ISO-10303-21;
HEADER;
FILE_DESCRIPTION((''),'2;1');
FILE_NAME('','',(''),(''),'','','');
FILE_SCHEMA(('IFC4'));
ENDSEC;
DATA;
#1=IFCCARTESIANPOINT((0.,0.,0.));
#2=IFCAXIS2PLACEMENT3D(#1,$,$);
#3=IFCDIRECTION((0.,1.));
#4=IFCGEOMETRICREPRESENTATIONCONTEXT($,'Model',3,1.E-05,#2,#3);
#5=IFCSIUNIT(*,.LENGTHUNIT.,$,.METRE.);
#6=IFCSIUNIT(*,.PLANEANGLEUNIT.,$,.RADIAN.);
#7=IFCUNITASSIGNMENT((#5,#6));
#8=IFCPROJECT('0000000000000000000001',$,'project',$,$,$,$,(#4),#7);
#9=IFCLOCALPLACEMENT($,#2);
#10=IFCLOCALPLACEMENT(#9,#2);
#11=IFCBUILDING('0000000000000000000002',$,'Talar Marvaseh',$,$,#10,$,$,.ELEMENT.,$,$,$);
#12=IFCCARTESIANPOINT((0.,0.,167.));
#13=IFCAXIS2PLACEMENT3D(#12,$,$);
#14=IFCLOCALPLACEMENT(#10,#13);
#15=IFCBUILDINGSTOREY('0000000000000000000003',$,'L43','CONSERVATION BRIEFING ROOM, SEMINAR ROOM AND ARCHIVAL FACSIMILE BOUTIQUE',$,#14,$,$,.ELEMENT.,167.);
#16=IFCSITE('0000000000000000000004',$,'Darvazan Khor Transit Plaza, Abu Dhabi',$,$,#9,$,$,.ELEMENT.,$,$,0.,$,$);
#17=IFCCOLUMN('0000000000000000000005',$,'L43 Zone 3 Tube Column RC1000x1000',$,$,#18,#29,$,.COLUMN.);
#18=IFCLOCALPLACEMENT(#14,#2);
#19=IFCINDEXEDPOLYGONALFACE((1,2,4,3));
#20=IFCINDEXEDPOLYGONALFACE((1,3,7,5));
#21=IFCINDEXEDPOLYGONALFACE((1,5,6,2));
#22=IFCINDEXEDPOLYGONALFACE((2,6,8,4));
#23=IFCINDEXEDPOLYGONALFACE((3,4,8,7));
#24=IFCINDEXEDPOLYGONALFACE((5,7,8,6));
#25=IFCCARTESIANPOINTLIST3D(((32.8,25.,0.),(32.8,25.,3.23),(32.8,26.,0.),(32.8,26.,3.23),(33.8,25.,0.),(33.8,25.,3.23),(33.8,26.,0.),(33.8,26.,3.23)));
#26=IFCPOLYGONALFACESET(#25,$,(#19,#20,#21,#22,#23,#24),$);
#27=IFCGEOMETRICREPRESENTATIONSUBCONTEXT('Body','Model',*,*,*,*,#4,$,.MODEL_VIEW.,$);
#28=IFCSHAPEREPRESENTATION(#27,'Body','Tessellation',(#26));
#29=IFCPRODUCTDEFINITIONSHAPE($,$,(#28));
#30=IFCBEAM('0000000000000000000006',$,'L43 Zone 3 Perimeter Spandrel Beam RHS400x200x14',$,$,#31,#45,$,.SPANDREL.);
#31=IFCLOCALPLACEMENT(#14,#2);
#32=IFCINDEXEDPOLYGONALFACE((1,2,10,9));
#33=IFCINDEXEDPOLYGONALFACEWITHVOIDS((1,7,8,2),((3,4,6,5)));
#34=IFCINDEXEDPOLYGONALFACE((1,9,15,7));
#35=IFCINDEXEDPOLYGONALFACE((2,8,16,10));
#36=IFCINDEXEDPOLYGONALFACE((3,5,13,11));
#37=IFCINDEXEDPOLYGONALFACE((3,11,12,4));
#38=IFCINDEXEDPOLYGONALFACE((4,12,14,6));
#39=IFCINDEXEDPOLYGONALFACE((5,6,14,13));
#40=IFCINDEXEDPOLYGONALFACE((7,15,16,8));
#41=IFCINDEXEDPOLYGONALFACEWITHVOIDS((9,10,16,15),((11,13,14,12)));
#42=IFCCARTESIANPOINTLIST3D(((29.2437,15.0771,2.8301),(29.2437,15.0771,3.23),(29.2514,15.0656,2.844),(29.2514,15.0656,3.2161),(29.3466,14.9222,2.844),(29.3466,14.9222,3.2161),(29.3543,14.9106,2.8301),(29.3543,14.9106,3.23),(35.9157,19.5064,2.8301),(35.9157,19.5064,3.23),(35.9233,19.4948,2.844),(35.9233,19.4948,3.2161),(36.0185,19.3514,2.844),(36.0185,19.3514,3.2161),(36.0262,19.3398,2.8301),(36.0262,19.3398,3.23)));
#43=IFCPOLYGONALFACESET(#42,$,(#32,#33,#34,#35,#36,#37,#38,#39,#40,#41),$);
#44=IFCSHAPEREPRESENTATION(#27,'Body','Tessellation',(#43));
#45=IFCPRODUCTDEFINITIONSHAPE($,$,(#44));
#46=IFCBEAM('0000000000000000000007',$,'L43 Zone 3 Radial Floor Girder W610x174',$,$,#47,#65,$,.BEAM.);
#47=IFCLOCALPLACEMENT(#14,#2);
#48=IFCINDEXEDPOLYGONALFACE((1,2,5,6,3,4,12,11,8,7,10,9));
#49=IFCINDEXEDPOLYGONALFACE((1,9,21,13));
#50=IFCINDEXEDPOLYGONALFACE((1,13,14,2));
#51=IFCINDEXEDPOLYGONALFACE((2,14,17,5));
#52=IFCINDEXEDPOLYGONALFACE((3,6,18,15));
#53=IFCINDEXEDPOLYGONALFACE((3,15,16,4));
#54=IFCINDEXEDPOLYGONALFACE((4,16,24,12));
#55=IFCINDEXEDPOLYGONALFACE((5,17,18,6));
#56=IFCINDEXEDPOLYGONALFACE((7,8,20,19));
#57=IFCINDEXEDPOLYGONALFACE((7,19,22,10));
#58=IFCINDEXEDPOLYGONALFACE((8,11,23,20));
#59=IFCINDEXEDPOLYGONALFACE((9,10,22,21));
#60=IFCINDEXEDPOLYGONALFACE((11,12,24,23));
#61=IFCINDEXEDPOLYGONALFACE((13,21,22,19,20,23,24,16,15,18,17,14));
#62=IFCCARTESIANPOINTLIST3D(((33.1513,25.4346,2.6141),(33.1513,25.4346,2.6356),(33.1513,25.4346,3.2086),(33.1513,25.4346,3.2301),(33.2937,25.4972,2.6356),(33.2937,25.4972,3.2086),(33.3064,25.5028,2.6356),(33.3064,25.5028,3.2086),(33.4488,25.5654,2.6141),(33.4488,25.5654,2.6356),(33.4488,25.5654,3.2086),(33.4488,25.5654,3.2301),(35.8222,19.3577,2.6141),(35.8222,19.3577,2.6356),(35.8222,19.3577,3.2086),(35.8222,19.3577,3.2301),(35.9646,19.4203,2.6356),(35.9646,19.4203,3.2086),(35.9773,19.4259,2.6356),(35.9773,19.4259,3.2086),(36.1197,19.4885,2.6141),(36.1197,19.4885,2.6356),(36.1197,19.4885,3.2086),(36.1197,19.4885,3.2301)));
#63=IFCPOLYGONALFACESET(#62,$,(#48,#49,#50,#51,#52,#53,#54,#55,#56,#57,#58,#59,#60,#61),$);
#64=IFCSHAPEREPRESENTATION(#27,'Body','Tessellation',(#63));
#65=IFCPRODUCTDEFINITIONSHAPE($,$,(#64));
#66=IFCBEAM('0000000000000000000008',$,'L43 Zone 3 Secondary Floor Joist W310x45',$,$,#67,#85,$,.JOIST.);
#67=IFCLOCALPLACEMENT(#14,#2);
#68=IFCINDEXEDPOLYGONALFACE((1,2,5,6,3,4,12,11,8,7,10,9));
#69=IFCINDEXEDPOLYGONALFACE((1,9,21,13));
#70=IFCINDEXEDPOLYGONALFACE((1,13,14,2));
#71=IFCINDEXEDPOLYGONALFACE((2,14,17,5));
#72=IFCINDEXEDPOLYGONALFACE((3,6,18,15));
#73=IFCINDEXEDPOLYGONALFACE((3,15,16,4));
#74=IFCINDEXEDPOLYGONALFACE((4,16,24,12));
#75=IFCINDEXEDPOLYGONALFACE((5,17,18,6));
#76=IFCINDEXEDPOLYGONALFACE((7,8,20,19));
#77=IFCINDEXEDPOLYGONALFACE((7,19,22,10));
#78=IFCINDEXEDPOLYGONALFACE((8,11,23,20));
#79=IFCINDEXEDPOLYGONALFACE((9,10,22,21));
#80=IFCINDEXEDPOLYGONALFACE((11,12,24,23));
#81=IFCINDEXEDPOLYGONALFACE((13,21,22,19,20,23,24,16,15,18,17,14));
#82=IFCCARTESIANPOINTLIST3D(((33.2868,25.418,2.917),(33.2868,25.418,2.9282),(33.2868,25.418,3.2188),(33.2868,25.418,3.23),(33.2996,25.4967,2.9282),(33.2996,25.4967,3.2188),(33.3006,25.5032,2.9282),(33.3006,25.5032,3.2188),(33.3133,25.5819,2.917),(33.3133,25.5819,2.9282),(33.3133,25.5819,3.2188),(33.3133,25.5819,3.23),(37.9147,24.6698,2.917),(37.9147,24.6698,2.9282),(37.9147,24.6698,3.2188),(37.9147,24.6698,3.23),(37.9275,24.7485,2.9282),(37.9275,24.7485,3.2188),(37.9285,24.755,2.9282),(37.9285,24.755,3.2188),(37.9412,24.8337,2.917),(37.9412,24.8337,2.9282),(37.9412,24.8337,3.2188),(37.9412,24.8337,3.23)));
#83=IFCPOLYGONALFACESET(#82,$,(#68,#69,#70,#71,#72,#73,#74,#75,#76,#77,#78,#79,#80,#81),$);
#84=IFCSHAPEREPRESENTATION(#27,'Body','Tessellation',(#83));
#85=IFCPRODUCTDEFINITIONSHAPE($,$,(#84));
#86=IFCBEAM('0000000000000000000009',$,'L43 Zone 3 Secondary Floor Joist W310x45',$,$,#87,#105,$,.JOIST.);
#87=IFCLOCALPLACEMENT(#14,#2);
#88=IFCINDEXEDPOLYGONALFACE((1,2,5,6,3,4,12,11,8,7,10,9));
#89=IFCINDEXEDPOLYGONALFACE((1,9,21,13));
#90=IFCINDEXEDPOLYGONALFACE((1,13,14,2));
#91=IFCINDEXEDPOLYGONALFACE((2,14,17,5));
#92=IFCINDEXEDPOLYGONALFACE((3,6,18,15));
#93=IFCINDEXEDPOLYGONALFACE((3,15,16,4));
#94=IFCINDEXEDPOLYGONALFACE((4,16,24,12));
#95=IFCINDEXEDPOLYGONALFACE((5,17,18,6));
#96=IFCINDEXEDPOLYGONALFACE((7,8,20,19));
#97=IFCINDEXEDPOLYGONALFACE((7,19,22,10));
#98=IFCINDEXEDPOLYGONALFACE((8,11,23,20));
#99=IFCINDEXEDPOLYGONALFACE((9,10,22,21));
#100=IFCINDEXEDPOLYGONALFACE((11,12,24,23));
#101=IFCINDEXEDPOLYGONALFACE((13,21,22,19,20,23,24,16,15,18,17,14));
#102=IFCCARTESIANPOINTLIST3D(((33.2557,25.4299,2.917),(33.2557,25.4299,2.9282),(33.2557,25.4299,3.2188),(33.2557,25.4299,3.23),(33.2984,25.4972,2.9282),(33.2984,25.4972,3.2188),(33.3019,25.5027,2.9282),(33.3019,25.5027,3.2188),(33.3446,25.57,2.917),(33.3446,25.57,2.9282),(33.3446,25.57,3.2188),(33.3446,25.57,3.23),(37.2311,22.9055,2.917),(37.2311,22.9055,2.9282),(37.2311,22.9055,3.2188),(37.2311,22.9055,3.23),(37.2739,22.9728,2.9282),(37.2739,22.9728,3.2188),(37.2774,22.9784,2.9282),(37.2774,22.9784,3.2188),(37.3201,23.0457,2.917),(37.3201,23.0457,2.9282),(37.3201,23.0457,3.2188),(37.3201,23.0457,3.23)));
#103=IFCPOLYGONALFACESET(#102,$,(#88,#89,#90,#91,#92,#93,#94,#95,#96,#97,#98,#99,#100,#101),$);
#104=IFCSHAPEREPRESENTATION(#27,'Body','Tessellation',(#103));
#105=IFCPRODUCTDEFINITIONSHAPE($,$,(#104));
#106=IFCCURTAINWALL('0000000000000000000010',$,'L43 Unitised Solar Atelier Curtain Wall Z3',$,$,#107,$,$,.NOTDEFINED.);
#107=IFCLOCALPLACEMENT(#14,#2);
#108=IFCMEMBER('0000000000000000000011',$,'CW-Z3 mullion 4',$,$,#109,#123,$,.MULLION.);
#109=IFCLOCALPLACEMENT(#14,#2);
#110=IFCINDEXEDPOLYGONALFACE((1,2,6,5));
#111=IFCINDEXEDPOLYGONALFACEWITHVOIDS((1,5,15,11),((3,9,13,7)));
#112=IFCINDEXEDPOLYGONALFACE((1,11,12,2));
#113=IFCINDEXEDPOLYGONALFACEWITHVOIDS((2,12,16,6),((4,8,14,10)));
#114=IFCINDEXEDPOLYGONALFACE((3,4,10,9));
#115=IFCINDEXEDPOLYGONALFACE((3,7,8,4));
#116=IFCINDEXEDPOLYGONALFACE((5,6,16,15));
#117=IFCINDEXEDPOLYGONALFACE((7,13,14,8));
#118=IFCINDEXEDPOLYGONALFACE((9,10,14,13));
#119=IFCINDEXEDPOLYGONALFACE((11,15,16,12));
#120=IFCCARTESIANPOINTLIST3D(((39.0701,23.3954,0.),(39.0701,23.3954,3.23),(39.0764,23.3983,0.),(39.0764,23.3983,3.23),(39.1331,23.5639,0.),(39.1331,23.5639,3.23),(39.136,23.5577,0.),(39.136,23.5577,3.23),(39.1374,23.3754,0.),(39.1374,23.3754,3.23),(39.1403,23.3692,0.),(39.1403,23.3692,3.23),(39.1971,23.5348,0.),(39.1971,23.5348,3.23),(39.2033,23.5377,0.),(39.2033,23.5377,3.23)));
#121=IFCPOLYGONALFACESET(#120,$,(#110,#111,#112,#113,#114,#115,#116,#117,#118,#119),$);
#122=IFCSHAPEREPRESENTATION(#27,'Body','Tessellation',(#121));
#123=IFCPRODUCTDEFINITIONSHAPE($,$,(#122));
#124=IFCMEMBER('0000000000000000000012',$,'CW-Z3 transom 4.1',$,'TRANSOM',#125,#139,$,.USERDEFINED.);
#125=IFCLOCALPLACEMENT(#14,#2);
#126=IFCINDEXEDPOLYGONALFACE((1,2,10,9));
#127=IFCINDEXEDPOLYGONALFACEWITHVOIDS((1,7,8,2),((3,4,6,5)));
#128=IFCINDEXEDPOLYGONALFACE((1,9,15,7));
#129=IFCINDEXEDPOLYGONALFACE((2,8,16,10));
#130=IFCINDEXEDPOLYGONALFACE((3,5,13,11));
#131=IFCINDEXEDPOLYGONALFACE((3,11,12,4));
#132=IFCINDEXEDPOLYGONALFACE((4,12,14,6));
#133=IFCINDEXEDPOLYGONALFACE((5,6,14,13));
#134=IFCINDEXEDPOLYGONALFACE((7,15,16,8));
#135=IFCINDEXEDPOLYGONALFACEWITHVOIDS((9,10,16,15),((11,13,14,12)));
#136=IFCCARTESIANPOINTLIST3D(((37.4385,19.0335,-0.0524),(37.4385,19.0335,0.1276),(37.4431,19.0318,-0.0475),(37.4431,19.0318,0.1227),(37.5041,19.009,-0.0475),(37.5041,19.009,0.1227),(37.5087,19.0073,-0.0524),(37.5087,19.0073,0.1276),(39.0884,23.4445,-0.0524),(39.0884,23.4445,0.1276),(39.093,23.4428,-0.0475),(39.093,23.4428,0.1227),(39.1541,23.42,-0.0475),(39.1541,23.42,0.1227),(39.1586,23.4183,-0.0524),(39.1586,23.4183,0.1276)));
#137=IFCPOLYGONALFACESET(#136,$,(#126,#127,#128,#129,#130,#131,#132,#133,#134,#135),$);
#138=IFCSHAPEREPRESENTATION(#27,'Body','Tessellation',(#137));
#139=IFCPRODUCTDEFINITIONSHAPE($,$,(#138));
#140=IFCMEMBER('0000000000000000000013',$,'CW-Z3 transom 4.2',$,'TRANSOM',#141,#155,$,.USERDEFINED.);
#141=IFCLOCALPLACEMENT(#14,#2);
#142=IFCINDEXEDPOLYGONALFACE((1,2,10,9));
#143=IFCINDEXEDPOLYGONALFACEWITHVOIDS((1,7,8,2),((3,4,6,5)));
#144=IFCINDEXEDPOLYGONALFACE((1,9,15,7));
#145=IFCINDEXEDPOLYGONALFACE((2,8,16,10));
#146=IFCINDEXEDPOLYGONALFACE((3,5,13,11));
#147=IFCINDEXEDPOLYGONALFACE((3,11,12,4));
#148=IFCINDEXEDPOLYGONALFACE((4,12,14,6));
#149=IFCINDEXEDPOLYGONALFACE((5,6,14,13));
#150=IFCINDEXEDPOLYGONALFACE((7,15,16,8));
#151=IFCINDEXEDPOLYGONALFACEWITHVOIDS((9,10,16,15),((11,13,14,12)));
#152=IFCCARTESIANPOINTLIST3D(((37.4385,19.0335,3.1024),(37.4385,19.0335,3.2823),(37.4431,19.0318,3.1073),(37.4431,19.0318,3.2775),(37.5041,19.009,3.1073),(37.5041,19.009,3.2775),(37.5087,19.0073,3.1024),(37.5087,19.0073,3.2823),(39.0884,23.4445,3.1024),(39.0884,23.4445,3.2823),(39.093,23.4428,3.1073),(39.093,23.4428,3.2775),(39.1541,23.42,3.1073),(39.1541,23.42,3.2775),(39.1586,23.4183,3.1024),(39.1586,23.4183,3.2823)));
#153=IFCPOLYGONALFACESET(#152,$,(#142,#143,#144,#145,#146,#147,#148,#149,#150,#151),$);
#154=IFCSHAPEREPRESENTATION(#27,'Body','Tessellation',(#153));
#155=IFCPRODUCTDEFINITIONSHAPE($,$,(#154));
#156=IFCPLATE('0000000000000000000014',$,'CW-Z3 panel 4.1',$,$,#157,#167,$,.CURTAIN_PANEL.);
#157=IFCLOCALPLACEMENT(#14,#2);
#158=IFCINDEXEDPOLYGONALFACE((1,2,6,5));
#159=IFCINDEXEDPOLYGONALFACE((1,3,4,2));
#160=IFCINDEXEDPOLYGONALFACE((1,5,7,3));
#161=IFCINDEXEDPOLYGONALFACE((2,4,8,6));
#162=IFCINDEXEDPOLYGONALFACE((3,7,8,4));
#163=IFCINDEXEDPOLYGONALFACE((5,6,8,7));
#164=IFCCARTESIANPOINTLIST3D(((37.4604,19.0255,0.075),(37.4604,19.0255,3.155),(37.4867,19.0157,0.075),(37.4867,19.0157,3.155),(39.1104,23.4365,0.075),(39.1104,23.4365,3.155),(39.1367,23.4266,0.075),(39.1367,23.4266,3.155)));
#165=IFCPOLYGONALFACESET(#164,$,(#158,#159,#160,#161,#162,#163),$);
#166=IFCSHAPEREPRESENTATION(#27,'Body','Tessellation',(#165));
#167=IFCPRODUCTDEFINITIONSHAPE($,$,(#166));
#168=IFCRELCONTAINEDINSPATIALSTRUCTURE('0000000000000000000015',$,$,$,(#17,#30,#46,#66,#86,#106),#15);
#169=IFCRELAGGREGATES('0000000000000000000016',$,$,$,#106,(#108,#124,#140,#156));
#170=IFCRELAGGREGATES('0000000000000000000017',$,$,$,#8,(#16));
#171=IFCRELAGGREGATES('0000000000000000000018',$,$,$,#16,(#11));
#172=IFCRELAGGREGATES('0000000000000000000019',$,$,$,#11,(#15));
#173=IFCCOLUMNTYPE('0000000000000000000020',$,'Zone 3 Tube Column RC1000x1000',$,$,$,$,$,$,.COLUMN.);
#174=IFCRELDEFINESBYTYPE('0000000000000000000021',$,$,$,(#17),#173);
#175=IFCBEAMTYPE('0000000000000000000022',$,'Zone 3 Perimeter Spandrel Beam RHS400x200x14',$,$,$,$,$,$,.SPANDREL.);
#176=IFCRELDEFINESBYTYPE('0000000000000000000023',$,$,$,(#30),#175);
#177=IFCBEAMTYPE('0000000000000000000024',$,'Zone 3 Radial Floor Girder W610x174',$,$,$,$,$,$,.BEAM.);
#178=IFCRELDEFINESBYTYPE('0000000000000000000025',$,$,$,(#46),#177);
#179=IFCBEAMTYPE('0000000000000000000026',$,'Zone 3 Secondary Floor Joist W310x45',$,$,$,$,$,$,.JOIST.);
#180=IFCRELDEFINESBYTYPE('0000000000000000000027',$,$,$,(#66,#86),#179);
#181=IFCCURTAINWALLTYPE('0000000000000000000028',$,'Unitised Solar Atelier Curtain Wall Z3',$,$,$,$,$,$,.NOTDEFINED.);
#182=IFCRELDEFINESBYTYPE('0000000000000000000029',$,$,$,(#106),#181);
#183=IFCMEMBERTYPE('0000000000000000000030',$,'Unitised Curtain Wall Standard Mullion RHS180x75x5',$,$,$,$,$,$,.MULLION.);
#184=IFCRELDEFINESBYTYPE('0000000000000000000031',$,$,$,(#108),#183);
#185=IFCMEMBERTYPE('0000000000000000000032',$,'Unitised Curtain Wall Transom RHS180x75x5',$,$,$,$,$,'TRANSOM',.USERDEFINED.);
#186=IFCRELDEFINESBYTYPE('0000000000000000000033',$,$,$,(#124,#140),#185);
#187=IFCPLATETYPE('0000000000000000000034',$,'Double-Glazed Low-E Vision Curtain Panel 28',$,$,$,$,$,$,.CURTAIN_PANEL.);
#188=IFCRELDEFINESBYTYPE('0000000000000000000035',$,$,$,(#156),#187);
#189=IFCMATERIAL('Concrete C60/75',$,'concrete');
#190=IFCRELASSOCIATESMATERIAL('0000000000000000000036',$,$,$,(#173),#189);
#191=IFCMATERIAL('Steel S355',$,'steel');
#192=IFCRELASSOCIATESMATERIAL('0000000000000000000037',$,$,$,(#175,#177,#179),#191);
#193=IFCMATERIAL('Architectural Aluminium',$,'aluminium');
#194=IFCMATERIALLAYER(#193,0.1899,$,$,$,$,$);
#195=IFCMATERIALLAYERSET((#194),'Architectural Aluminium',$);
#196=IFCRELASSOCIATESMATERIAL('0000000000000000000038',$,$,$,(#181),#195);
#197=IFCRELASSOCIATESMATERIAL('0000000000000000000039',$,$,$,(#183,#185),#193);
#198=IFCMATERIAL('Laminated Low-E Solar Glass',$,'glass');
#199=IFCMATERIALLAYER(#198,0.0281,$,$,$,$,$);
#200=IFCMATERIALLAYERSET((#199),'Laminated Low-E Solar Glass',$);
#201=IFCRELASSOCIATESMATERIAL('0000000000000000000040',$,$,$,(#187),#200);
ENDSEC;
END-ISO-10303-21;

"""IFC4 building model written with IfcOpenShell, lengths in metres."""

from ifc_helpers import new_model, si_unit, direction, frame, origin, origin_2d, place, context, subcontext, project, spatial, rectangle, hollow_rectangle, i_section, extrude, source, transform, mapped, material, layer, layer_set, material_profile, profile_set, type_object, type_shapes, element, aggregate, save


model = new_model("IFC4")

# Units and contexts
model_context = context("Model", 3, precision=1e-05, world=origin(), true_north=direction((0.0, 1.0)))
body_context = subcontext(model_context, "Body", "Model", "MODEL_VIEW")
ifc_project = project(units=[si_unit("LENGTHUNIT", "METRE"), si_unit("PLANEANGLEUNIT", "RADIAN")], contexts=[model_context])

# Site, building, storey
site_placement = place(None, origin())
site = spatial("IfcSite", under=ifc_project, at=site_placement, Name="Darvazan Khor Transit Plaza, Abu Dhabi", CompositionType="ELEMENT", RefElevation=0.0)
building_placement = place(site_placement, origin())
building = spatial("IfcBuilding", under=site, at=building_placement, Name="Talar Marvaseh", CompositionType="ELEMENT")
storey_placement = place(building_placement, frame((0.0, 0.0, 167.0)))
storey = spatial("IfcBuildingStorey", under=building, at=storey_placement, Name="L43", Description="CONSERVATION BRIEFING ROOM, SEMINAR ROOM AND ARCHIVAL FACSIMILE BOUTIQUE", CompositionType="ELEMENT", Elevation=167.0)

# Column
ifc_material_1 = material(Name="Concrete C60/75", Category="concrete")
ifc_material_profile_1 = material_profile(ifc_material_1, rectangle(XDim=1.0, YDim=1.0, at=origin_2d()), Name="RC1000x1000")
ifc_profile_set_1 = profile_set([ifc_material_profile_1], Name="Concrete C60/75")
column_type = type_object("IfcColumnType", Name="Zone 3 Tube Column RC1000x1000", PredefinedType="COLUMN", material=ifc_profile_set_1)
column_placement = place(storey_placement, frame((33.3, 25.5, 0.0), z_axis=(0.0, 0.0, 1.0), x_axis=(1.0, 0.0, 0.0)))
element("IfcColumn", 1, at=column_placement, inside=storey, type_object=column_type, Name="L43 Zone 3 Tube Column RC1000x1000", PredefinedType="COLUMN", context=body_context, shape_type="SweptSolid", body=[
    extrude(rectangle(XDim=1.0, YDim=1.0, at=origin_2d()), origin(), (0.0, 0.0, 1.0), 3.23),
])

# Beams
ifc_material_2 = material(Name="Steel S355", Category="steel")
ifc_material_profile_2 = material_profile(ifc_material_2, hollow_rectangle(XDim=0.2, YDim=0.3999, WallThickness=0.0139, at=origin_2d()), Name="RHS400x200x14")
ifc_profile_set_2 = profile_set([ifc_material_profile_2], Name="Steel S355")
beam_type_1 = type_object("IfcBeamType", Name="Zone 3 Perimeter Spandrel Beam RHS400x200x14", PredefinedType="SPANDREL", material=ifc_profile_set_2)
beam_1_placement = place(storey_placement, frame((35.9709, 19.4231, 3.03), z_axis=(-0.833127, -0.553081, 0.0), x_axis=(0.553081, -0.833127, 0.0)))
element("IfcBeam", 2, at=beam_1_placement, inside=storey, type_object=beam_type_1, Name="L43 Zone 3 Perimeter Spandrel Beam RHS400x200x14", PredefinedType="SPANDREL", context=body_context, shape_type="SweptSolid", body=[
    extrude(hollow_rectangle(XDim=0.2, YDim=0.3999, WallThickness=0.0139, at=origin_2d()), origin(), (0.0, 0.0, 1.0), 8.0083),
])
ifc_material_profile_3 = material_profile(ifc_material_2, i_section(OverallWidth=0.325, OverallDepth=0.616, WebThickness=0.0139, FlangeThickness=0.0215, at=origin_2d()), Name="W610x174")
ifc_profile_set_3 = profile_set([ifc_material_profile_3], Name="Steel S355")
beam_type_2 = type_object("IfcBeamType", Name="Zone 3 Radial Floor Girder W610x174", PredefinedType="BEAM", material=ifc_profile_set_3)
beam_2_placement = place(storey_placement, frame((35.9709, 19.4231, 2.9221), z_axis=(-0.402368, 0.915478, 0.0), x_axis=(-0.915478, -0.402368, 0.0)))
element("IfcBeam", 3, at=beam_2_placement, inside=storey, type_object=beam_type_2, Name="L43 Zone 3 Radial Floor Girder W610x174", PredefinedType="BEAM", context=body_context, shape_type="SweptSolid", body=[
    extrude(i_section(OverallWidth=0.325, OverallDepth=0.616, WebThickness=0.0139, FlangeThickness=0.0215, at=origin_2d()), origin(), (0.0, 0.0, 1.0), 6.6379),
])
ifc_material_profile_4 = material_profile(ifc_material_2, i_section(OverallWidth=0.166, OverallDepth=0.313, WebThickness=0.0066, FlangeThickness=0.0112, at=origin_2d()), Name="W310x45")
ifc_profile_set_4 = profile_set([ifc_material_profile_4], Name="Steel S355")
beam_type_3 = type_object("IfcBeamType", Name="Zone 3 Secondary Floor Joist W310x45", PredefinedType="JOIST", material=ifc_profile_set_4)
beam_3_placement = place(storey_placement, frame((37.928, 24.7517, 3.0735), z_axis=(-0.987179, 0.159617, 0.0), x_axis=(-0.159617, -0.987179, 0.0)))
element("IfcBeam", 4, at=beam_3_placement, inside=storey, type_object=beam_type_3, Name="L43 Zone 3 Secondary Floor Joist W310x45", PredefinedType="JOIST", context=body_context, shape_type="SweptSolid", body=[
    extrude(i_section(OverallWidth=0.166, OverallDepth=0.313, WebThickness=0.0066, FlangeThickness=0.0112, at=origin_2d()), origin(), (0.0, 0.0, 1.0), 4.688),
])
beam_4_placement = place(storey_placement, frame((37.2756, 22.9756, 3.0735), z_axis=(-0.84419, 0.536043, 0.0), x_axis=(-0.536043, -0.84419, 0.0)))
element("IfcBeam", 5, at=beam_4_placement, inside=storey, type_object=beam_type_3, Name="L43 Zone 3 Secondary Floor Joist W310x45", PredefinedType="JOIST", context=body_context, shape_type="SweptSolid", body=[
    extrude(i_section(OverallWidth=0.166, OverallDepth=0.313, WebThickness=0.0066, FlangeThickness=0.0112, at=origin_2d()), origin(), (0.0, 0.0, 1.0), 4.7092),
])

# Curtain wall, members, plate
ifc_material_3 = material(Name="Architectural Aluminium", Category="aluminium")
ifc_layer_1 = layer(ifc_material_3, 0.1899)
ifc_layer_set_1 = layer_set([ifc_layer_1], Name="Architectural Aluminium")
curtain_wall_type = type_object("IfcCurtainWallType", Name="Unitised Solar Atelier Curtain Wall Z3", PredefinedType="NOTDEFINED", material=ifc_layer_set_1)
curtain_wall_placement = place(storey_placement, origin())
curtain_wall = element("IfcCurtainWall", 6, at=curtain_wall_placement, inside=storey, type_object=curtain_wall_type, Name="L43 Unitised Solar Atelier Curtain Wall Z3", PredefinedType="NOTDEFINED")
ifc_material_profile_5 = material_profile(ifc_material_3, hollow_rectangle(XDim=0.075, YDim=0.1799, WallThickness=0.0049, at=origin_2d()), Name="RHS180x75x5")
ifc_profile_set_5 = profile_set([ifc_material_profile_5], Name="Architectural Aluminium")
member_type_1 = type_object("IfcMemberType", Name="Unitised Curtain Wall Standard Mullion RHS180x75x5", PredefinedType="MULLION", material=ifc_profile_set_5)
shared_shape_1 = source(origin(), body_context, "Body", "SweptSolid", [
    extrude(hollow_rectangle(XDim=0.075, YDim=0.1799, WallThickness=0.0049, at=origin_2d()), origin(), (0.0, 0.0, 1.0), 3.23),
])
type_shapes(member_type_1, [shared_shape_1])
member_1_placement = place(storey_placement, frame((39.1367, 23.4666, 0.0), z_axis=(0.0, 0.0, 1.0), x_axis=(0.936617, -0.350355, 0.0)))
member_1 = element("IfcMember", 7, at=member_1_placement, type_object=member_type_1, Name="CW-Z3 mullion 4", PredefinedType="MULLION", context=body_context, shape_type="MappedRepresentation", body=[
    mapped(shared_shape_1, transform((0.0, 0.0, 0.0), x_axis=(1.0, 0.0, 0.0), y_axis=(0.0, 1.0, 0.0), z_axis=(0.0, 0.0, 1.0), scale=1.0)),
])
ifc_material_profile_6 = material_profile(ifc_material_3, hollow_rectangle(XDim=0.075, YDim=0.1799, WallThickness=0.0049, at=origin_2d()), Name="RHS180x75x5")
ifc_profile_set_6 = profile_set([ifc_material_profile_6], Name="Architectural Aluminium")
member_type_2 = type_object("IfcMemberType", Name="Unitised Curtain Wall Transom RHS180x75x5", ElementType="TRANSOM", PredefinedType="USERDEFINED", material=ifc_profile_set_6)
shared_shape_2 = source(origin(), body_context, "Body", "SweptSolid", [
    extrude(hollow_rectangle(XDim=0.075, YDim=0.1799, WallThickness=0.0049, at=origin_2d()), origin(), (0.0, 0.0, 1.0), 4.7095),
])
type_shapes(member_type_2, [shared_shape_2])
member_2_placement = place(storey_placement, frame((39.1235, 23.4314, 0.0376), z_axis=(-0.350345, -0.936621, 0.0), x_axis=(0.936621, -0.350345, 0.0)))
member_2 = element("IfcMember", 8, at=member_2_placement, type_object=member_type_2, Name="CW-Z3 transom 4.1", ObjectType="TRANSOM", PredefinedType="USERDEFINED", context=body_context, shape_type="MappedRepresentation", body=[
    mapped(shared_shape_2, transform((0.0, 0.0, 0.0), x_axis=(1.0, 0.0, 0.0), y_axis=(0.0, 1.0, 0.0), z_axis=(0.0, 0.0, 1.0), scale=1.0)),
])
member_3_placement = place(storey_placement, frame((39.1235, 23.4314, 3.1924), z_axis=(-0.350345, -0.936621, 0.0), x_axis=(0.936621, -0.350345, 0.0)))
member_3 = element("IfcMember", 9, at=member_3_placement, type_object=member_type_2, Name="CW-Z3 transom 4.2", ObjectType="TRANSOM", PredefinedType="USERDEFINED", context=body_context, shape_type="MappedRepresentation", body=[
    mapped(shared_shape_2, transform((0.0, 0.0, 0.0), x_axis=(1.0, 0.0, 0.0), y_axis=(0.0, 1.0, 0.0), z_axis=(0.0, 0.0, 1.0), scale=1.0)),
])
ifc_material_4 = material(Name="Laminated Low-E Solar Glass", Category="glass")
ifc_layer_2 = layer(ifc_material_4, 0.0281)
ifc_layer_set_2 = layer_set([ifc_layer_2], Name="Laminated Low-E Solar Glass")
plate_type = type_object("IfcPlateType", Name="Double-Glazed Low-E Vision Curtain Panel 28", PredefinedType="CURTAIN_PANEL", material=ifc_layer_set_2)
shared_shape_3 = source(origin(), body_context, "Body", "SweptSolid", [
    extrude(rectangle(XDim=4.7095, YDim=0.0281, at=origin_2d()), origin(), (0.0, 0.0, 1.0), 3.0801),
])
plate_1_placement = place(storey_placement, frame((38.2986, 21.2261, 0.075), z_axis=(0.0, 0.0, 1.0), x_axis=(-0.350355, -0.936617, 0.0)))
plate_1 = element("IfcPlate", 10, at=plate_1_placement, type_object=plate_type, Name="CW-Z3 panel 4.1", PredefinedType="CURTAIN_PANEL", context=body_context, shape_type="MappedRepresentation", body=[
    mapped(shared_shape_3, transform((0.0, 0.0, 0.0), x_axis=(1.0, 0.0, 0.0), y_axis=(0.0, 1.0, 0.0), z_axis=(0.0, 0.0, 1.0), scale=1.0)),
])
aggregate(curtain_wall, [member_1, member_2, member_3, plate_1])

save(model, "model.ifc")
